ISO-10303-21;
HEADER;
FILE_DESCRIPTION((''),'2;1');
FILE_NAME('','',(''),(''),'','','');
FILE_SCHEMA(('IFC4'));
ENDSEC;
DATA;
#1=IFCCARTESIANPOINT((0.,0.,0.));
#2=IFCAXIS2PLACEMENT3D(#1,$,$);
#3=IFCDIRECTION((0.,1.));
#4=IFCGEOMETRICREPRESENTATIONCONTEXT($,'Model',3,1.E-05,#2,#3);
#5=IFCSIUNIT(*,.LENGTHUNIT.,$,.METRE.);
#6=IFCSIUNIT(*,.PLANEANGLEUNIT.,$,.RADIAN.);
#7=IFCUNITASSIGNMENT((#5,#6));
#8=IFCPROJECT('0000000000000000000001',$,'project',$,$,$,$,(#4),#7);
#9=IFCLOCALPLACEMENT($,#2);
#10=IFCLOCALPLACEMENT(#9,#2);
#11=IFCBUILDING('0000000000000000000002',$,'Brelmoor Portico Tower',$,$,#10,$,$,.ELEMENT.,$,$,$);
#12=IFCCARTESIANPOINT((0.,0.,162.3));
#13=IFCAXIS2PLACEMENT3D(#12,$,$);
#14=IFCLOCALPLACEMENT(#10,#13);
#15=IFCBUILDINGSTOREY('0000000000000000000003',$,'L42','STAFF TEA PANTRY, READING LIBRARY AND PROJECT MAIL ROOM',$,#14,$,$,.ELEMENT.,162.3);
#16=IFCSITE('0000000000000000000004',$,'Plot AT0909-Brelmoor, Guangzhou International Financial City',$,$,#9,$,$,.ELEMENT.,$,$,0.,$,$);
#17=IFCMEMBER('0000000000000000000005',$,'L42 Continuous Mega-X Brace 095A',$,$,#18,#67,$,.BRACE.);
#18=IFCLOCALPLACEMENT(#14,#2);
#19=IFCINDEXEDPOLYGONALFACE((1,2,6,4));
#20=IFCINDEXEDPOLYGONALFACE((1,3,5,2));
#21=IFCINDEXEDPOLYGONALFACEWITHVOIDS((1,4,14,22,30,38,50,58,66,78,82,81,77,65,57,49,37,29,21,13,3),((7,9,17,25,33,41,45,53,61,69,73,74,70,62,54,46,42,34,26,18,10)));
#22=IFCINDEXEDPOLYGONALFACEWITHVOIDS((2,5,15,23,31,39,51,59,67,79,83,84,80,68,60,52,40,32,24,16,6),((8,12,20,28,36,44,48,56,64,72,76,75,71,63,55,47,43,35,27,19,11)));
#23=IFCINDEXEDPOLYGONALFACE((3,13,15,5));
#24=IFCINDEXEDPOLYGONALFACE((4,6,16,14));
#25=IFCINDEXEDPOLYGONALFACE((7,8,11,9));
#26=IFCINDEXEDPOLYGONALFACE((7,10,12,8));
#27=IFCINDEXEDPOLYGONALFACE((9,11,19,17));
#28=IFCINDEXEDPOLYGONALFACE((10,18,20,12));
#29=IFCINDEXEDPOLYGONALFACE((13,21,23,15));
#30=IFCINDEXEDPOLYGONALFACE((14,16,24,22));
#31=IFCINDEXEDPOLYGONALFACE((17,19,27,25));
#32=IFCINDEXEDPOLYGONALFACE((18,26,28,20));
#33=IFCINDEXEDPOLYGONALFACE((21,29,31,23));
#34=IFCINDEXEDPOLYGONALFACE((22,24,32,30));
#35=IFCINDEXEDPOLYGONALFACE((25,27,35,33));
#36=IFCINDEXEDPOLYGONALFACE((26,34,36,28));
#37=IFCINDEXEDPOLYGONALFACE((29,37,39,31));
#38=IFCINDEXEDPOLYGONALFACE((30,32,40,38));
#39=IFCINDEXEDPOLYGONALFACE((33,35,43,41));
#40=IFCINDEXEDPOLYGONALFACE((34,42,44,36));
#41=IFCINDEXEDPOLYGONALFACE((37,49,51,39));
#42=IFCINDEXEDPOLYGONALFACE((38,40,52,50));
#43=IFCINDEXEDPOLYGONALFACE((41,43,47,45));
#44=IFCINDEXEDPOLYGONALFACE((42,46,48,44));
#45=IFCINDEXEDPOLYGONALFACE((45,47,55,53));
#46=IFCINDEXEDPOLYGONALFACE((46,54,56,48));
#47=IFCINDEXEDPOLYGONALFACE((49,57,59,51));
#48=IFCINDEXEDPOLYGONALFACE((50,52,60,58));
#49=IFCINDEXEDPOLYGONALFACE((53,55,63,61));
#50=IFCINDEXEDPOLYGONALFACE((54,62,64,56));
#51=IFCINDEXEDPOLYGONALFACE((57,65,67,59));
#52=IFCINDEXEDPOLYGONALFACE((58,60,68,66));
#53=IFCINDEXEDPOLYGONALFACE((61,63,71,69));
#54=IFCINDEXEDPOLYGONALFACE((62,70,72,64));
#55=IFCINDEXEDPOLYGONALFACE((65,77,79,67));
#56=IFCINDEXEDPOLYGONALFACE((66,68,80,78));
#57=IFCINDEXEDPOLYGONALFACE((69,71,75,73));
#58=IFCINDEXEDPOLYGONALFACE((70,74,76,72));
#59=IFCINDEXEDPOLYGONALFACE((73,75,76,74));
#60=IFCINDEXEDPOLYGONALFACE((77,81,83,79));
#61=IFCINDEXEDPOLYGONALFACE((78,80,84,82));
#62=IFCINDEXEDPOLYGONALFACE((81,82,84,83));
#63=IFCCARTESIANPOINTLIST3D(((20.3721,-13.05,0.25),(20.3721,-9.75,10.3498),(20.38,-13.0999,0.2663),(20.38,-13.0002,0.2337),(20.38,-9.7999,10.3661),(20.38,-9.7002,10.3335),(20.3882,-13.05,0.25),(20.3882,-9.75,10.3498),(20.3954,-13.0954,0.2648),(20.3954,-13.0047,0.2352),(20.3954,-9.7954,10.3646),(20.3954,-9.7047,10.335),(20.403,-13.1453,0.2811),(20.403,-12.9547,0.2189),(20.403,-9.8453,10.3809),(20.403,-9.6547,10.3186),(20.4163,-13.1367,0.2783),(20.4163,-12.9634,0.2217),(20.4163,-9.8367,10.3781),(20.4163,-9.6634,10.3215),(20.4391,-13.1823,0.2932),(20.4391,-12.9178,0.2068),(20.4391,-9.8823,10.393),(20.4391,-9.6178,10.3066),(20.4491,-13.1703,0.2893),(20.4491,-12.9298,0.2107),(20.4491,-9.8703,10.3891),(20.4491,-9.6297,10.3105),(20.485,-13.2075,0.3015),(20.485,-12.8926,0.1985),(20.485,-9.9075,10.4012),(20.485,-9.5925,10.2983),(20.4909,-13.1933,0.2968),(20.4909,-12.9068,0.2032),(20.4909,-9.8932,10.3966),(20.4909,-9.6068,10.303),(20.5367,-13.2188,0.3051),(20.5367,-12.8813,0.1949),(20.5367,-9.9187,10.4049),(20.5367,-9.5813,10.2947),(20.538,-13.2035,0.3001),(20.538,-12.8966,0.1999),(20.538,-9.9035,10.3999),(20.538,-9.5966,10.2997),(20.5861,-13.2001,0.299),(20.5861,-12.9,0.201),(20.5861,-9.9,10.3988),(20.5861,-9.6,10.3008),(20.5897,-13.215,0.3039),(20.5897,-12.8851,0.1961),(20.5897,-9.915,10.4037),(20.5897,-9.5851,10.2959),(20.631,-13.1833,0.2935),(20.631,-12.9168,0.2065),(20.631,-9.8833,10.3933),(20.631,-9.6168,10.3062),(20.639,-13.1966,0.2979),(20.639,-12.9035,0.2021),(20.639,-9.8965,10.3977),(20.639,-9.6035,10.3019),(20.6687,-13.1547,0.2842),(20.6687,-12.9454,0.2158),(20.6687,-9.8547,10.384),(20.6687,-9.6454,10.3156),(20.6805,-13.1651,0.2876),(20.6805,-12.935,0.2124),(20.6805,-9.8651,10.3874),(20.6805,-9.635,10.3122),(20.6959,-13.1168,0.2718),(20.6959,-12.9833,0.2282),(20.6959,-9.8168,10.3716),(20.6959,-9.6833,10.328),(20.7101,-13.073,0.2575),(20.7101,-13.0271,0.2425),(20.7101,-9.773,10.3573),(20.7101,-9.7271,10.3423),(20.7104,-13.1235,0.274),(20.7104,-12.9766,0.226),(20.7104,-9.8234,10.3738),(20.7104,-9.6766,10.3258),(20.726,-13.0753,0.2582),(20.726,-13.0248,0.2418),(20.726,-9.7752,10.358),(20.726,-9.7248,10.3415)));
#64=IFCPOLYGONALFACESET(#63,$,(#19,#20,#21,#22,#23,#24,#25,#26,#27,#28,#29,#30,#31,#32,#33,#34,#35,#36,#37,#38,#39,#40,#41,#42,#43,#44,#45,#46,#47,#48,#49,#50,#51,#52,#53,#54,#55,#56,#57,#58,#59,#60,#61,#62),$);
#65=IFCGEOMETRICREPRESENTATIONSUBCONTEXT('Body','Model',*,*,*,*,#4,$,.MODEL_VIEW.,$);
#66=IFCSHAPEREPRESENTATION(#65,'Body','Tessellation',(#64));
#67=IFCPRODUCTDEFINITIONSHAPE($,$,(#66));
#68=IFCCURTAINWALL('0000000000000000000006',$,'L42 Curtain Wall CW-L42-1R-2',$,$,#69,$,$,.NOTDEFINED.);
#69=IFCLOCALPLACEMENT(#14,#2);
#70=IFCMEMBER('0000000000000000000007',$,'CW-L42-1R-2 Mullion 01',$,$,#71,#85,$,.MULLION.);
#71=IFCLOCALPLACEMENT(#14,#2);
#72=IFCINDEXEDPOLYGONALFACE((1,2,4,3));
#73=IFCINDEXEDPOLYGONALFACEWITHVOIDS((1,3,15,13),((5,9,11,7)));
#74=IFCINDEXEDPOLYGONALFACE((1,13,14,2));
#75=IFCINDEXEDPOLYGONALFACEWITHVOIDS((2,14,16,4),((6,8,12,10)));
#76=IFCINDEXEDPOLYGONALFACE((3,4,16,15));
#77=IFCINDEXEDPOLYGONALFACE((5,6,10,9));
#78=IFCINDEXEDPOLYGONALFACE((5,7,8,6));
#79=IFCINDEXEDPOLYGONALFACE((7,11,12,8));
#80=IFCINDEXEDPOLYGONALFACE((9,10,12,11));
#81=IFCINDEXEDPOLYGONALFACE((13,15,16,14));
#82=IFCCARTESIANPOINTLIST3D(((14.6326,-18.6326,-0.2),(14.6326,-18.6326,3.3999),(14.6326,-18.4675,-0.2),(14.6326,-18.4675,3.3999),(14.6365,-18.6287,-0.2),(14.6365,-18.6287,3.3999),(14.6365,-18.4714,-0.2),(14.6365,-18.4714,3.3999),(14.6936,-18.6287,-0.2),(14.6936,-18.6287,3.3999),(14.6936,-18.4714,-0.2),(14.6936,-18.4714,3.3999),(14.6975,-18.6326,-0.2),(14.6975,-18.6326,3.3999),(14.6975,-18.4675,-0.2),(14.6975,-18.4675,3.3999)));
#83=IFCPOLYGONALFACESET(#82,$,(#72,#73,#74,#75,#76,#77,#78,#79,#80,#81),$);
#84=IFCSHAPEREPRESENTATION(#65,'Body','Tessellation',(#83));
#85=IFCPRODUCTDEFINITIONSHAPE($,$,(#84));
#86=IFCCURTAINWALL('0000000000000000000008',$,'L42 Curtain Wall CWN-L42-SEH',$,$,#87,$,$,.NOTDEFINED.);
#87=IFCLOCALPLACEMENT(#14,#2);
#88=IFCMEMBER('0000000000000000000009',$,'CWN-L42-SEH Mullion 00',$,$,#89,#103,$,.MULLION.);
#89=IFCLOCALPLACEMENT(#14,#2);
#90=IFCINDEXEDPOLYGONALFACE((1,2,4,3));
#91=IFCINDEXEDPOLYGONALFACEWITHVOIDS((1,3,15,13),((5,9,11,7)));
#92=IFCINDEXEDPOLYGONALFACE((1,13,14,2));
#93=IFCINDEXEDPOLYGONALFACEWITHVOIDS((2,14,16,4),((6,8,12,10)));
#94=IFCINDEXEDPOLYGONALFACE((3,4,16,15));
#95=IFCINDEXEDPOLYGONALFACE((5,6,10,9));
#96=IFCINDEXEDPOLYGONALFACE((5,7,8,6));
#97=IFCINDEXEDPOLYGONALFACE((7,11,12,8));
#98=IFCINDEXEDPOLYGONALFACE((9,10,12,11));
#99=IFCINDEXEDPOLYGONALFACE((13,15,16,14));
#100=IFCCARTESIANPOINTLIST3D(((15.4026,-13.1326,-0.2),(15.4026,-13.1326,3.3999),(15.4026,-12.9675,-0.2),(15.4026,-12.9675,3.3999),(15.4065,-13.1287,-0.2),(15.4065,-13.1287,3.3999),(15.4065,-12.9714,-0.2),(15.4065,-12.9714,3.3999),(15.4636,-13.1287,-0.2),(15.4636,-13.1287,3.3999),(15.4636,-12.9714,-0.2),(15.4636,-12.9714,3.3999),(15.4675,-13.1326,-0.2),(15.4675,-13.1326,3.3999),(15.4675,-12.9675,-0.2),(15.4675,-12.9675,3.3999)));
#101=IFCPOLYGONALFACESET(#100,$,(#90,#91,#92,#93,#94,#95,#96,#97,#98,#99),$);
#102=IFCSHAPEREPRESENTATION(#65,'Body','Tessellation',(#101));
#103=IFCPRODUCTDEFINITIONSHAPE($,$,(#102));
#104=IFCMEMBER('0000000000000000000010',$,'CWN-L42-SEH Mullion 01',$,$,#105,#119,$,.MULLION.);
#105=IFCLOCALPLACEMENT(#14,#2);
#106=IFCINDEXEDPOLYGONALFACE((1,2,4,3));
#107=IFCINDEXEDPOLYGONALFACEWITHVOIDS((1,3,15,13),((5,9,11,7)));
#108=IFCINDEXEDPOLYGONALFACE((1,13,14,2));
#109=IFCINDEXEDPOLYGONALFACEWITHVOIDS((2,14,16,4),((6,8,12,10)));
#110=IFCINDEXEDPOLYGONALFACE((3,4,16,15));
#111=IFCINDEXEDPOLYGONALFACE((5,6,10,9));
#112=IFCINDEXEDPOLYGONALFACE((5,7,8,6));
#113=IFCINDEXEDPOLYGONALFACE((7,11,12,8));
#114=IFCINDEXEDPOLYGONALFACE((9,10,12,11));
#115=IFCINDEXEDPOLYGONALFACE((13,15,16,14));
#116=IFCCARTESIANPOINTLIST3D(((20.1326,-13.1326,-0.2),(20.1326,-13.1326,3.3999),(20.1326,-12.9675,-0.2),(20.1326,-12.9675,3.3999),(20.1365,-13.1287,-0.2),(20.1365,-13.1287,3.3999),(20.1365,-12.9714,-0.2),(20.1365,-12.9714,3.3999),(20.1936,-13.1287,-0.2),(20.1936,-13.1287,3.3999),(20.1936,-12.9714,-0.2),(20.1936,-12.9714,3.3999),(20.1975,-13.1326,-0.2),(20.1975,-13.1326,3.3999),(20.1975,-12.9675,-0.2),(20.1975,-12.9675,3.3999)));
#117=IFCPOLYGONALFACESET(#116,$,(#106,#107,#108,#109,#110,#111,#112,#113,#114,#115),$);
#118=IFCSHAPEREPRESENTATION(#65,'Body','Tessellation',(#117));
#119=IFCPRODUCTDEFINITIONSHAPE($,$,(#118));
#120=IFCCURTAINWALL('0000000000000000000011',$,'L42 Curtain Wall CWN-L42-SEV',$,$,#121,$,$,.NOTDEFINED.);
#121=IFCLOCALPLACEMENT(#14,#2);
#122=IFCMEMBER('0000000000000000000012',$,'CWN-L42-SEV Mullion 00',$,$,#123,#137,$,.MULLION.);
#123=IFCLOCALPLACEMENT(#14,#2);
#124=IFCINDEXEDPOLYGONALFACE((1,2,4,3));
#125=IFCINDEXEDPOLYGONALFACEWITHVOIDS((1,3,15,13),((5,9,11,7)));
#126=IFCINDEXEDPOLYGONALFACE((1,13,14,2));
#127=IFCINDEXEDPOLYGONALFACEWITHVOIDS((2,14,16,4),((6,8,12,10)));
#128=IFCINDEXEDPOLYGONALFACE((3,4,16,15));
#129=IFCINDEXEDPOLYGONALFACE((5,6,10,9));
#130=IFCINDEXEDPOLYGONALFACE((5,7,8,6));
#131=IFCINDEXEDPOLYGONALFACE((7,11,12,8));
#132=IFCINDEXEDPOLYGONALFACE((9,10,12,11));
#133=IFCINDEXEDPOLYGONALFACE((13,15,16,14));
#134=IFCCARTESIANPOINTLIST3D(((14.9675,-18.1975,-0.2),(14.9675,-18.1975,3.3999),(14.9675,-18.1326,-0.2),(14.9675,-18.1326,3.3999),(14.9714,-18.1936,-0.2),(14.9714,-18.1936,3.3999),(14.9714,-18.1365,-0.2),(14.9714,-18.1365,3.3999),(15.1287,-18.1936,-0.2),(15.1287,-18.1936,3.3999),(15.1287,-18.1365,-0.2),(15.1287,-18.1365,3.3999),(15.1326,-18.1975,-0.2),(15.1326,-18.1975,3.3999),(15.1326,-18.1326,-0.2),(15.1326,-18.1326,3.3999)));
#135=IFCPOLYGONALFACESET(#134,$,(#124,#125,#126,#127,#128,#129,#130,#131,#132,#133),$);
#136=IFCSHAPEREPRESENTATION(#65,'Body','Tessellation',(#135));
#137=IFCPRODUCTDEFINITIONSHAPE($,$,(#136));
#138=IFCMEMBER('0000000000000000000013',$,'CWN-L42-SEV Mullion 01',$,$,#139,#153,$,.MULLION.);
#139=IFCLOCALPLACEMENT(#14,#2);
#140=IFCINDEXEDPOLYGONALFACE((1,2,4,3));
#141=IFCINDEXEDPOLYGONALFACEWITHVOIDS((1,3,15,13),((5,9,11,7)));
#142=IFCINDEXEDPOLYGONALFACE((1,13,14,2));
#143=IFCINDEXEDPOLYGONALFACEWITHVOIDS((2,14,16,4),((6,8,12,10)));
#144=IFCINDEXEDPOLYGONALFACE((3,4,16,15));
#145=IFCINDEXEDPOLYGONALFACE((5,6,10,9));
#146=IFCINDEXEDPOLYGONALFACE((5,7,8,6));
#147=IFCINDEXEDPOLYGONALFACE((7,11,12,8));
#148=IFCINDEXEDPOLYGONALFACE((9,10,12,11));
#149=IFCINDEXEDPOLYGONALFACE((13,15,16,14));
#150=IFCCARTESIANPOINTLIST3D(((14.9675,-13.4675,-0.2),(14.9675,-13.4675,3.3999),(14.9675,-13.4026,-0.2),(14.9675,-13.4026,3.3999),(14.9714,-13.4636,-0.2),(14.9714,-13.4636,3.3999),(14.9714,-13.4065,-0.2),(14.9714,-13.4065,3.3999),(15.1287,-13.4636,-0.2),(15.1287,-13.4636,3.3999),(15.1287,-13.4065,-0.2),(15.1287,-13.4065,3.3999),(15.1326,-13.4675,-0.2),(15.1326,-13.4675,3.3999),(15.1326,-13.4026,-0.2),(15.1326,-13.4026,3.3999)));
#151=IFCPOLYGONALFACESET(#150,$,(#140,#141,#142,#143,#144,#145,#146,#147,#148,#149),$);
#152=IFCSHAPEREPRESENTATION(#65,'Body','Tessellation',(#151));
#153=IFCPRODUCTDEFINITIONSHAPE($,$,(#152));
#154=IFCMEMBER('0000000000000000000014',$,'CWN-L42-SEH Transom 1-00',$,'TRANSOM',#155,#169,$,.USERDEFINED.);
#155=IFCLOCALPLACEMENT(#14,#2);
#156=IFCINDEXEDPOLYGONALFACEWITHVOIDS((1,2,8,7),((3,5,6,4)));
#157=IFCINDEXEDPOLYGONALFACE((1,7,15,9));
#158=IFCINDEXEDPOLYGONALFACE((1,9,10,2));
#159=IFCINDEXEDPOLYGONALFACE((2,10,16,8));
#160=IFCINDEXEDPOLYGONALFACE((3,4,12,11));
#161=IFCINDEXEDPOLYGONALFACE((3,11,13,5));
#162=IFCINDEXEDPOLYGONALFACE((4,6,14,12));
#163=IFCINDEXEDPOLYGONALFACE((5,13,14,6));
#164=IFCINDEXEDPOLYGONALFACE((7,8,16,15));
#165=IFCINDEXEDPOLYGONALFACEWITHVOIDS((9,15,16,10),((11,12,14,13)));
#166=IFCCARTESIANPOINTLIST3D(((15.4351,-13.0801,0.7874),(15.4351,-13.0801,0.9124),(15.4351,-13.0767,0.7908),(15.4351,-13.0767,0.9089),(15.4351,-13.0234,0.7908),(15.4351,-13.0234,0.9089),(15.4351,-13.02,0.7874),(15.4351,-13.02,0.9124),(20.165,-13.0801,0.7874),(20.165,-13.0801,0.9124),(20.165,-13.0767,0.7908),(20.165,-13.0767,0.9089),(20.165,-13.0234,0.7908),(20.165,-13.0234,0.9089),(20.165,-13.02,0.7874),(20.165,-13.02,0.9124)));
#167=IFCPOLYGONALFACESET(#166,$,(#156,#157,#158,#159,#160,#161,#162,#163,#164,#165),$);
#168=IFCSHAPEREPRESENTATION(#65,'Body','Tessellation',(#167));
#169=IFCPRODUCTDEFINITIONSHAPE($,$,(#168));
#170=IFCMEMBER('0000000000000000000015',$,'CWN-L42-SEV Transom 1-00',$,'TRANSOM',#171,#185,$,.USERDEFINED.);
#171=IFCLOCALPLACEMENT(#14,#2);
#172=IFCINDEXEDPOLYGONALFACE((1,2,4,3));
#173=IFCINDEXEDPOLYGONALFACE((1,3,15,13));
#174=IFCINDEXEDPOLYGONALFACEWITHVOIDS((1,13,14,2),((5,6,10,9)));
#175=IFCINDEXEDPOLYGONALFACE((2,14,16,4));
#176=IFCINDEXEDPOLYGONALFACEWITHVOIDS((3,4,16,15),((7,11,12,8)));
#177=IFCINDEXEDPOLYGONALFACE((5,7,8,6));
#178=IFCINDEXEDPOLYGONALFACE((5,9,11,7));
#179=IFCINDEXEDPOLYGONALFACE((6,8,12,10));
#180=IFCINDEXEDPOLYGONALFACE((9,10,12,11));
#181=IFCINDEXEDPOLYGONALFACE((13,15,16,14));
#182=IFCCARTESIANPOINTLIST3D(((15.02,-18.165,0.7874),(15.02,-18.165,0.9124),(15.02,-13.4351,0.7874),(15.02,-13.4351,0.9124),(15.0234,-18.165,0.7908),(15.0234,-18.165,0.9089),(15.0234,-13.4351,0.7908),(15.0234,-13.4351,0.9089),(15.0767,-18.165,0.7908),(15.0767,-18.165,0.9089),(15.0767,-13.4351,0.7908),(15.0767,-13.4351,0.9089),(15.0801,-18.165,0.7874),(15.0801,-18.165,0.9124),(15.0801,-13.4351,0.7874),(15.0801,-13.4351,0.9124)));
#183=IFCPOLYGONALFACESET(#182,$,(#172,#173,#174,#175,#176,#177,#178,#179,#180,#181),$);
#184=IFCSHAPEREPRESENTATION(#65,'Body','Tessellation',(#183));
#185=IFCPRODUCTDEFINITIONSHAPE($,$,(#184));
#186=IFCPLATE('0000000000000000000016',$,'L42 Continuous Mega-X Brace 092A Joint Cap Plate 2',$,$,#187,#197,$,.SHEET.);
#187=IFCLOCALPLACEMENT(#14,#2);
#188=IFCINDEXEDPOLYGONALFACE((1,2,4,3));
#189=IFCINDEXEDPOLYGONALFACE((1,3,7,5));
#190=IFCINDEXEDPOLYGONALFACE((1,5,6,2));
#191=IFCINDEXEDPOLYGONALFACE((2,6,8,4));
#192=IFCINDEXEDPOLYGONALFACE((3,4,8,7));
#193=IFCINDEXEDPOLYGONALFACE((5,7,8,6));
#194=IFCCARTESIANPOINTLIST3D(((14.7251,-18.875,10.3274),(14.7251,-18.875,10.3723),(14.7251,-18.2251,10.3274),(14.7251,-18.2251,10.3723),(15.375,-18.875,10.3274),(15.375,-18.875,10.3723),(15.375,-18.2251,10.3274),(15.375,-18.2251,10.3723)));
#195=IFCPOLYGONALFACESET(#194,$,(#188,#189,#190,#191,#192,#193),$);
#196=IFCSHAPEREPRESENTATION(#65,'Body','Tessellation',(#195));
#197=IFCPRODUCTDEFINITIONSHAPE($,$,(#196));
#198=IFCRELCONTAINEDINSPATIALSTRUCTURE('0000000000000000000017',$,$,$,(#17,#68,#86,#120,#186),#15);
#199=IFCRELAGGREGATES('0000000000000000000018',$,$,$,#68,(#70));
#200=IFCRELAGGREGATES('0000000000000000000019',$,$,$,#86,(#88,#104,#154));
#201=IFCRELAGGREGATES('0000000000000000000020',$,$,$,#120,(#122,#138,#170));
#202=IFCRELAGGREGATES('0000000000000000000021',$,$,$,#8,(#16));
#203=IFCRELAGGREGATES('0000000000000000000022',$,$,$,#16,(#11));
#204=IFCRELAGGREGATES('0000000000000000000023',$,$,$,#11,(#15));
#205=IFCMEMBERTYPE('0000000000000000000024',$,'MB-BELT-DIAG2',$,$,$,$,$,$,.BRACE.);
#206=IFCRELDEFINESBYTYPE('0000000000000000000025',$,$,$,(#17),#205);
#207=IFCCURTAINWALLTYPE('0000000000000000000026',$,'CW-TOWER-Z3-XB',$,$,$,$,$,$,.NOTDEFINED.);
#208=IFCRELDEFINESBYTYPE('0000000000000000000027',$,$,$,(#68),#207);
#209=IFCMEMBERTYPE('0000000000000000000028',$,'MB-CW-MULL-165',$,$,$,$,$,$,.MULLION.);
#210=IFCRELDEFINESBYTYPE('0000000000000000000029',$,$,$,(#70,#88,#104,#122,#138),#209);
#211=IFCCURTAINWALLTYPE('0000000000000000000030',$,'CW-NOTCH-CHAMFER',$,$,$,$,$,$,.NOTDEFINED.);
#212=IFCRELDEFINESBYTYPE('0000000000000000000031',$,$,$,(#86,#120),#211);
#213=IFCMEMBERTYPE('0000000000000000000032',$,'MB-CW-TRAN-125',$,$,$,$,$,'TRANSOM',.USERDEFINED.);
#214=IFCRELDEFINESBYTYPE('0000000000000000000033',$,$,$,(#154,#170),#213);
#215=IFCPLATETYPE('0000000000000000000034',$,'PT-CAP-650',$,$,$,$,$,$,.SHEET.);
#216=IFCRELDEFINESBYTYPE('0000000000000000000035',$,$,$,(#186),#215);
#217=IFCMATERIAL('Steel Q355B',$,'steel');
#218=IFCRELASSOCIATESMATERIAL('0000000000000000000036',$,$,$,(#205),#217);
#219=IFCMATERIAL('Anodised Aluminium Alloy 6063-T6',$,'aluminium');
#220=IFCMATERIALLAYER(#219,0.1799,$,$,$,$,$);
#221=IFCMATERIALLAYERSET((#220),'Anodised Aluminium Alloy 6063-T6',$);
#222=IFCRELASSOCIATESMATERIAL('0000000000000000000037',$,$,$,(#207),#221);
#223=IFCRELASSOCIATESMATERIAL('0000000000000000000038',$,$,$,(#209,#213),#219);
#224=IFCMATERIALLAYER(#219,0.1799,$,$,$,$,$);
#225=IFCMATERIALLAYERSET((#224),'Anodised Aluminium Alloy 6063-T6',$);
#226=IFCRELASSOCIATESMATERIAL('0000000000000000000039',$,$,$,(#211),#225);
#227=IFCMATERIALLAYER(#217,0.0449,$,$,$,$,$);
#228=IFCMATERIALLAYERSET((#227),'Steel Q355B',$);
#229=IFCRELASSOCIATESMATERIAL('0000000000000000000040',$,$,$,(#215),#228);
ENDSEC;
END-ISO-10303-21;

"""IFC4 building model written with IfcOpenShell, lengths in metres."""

from ifc_helpers import new_model, si_unit, direction, frame, origin, origin_2d, place, context, subcontext, project, spatial, rectangle, hollow_rectangle, hollow_circle, extrude, material, layer, layer_set, material_profile, profile_set, type_object, element, aggregate, save


model = new_model("IFC4")

# Units and contexts
model_context = context("Model", 3, precision=1e-05, world=origin(), true_north=direction((0.0, 1.0)))
body_context = subcontext(model_context, "Body", "Model", "MODEL_VIEW")
ifc_project = project(units=[si_unit("LENGTHUNIT", "METRE"), si_unit("PLANEANGLEUNIT", "RADIAN")], contexts=[model_context])

# Site, building, storey
site_placement = place(None, origin())
site = spatial("IfcSite", under=ifc_project, at=site_placement, Name="Plot AT0909-Brelmoor, Guangzhou International Financial City", CompositionType="ELEMENT", RefElevation=0.0)
building_placement = place(site_placement, origin())
building = spatial("IfcBuilding", under=site, at=building_placement, Name="Brelmoor Portico Tower", CompositionType="ELEMENT")
storey_placement = place(building_placement, frame((0.0, 0.0, 162.3)))
storey = spatial("IfcBuildingStorey", under=building, at=storey_placement, Name="L42", Description="STAFF TEA PANTRY, READING LIBRARY AND PROJECT MAIL ROOM", CompositionType="ELEMENT", Elevation=162.3)

# Shared definitions
ifc_material_1 = material(Name="Steel Q355B", Category="steel")

# Member
ifc_material_profile_1 = material_profile(ifc_material_1, hollow_circle(Radius=0.178, WallThickness=0.0161, at=origin_2d()), Name="CHS 356x16")
ifc_profile_set_1 = profile_set([ifc_material_profile_1], Name="Steel Q355B")
member_type_1 = type_object("IfcMemberType", Name="MB-BELT-DIAG2", PredefinedType="BRACE", material=ifc_profile_set_1)
member_1_placement = place(storey_placement, frame((20.55, -13.05, 0.25), z_axis=(0.0, 0.310584, 0.950546), x_axis=(-1.0, 0.0, 0.0)))
element("IfcMember", 1, at=member_1_placement, inside=storey, type_object=member_type_1, Name="L42 Continuous Mega-X Brace 095A", PredefinedType="BRACE", context=body_context, shape_type="SweptSolid", body=[
    extrude(hollow_circle(Radius=0.178, WallThickness=0.0161, at=origin_2d()), origin(), (0.0, 0.0, 1.0), 10.6252),
])

# Curtain wall, member
ifc_material_2 = material(Name="Anodised Aluminium Alloy 6063-T6", Category="aluminium")
ifc_layer_1 = layer(ifc_material_2, 0.1799)
ifc_layer_set_1 = layer_set([ifc_layer_1], Name="Anodised Aluminium Alloy 6063-T6")
curtain_wall_type_1 = type_object("IfcCurtainWallType", Name="CW-TOWER-Z3-XB", PredefinedType="NOTDEFINED", material=ifc_layer_set_1)
curtain_wall_1_placement = place(storey_placement, origin())
curtain_wall_1 = element("IfcCurtainWall", 2, at=curtain_wall_1_placement, inside=storey, type_object=curtain_wall_type_1, Name="L42 Curtain Wall CW-L42-1R-2", PredefinedType="NOTDEFINED")
ifc_material_profile_2 = material_profile(ifc_material_2, hollow_rectangle(XDim=0.0649, YDim=0.165, WallThickness=0.0039, at=origin_2d()), Name="ALU MULLION 65x165")
ifc_profile_set_2 = profile_set([ifc_material_profile_2], Name="Anodised Aluminium Alloy 6063-T6")
member_type_2 = type_object("IfcMemberType", Name="MB-CW-MULL-165", PredefinedType="MULLION", material=ifc_profile_set_2)
member_2_placement = place(storey_placement, frame((14.665, -18.55, -0.2), z_axis=(0.0, 0.0, 1.0), x_axis=(1.0, 0.0, 0.0)))
member_2 = element("IfcMember", 3, at=member_2_placement, type_object=member_type_2, Name="CW-L42-1R-2 Mullion 01", PredefinedType="MULLION", context=body_context, shape_type="SweptSolid", body=[
    extrude(hollow_rectangle(XDim=0.0649, YDim=0.165, WallThickness=0.0039, at=origin_2d()), origin(), (0.0, 0.0, 1.0), 3.5999),
])
aggregate(curtain_wall_1, [member_2])

# Curtain walls, members
ifc_layer_2 = layer(ifc_material_2, 0.1799)
ifc_layer_set_2 = layer_set([ifc_layer_2], Name="Anodised Aluminium Alloy 6063-T6")
curtain_wall_type_2 = type_object("IfcCurtainWallType", Name="CW-NOTCH-CHAMFER", PredefinedType="NOTDEFINED", material=ifc_layer_set_2)
curtain_wall_2_placement = place(storey_placement, origin())
curtain_wall_2 = element("IfcCurtainWall", 4, at=curtain_wall_2_placement, inside=storey, type_object=curtain_wall_type_2, Name="L42 Curtain Wall CWN-L42-SEH", PredefinedType="NOTDEFINED")
member_3_placement = place(storey_placement, frame((15.4351, -13.05, -0.2), z_axis=(0.0, 0.0, 1.0), x_axis=(1.0, 0.0, 0.0)))
member_3 = element("IfcMember", 5, at=member_3_placement, type_object=member_type_2, Name="CWN-L42-SEH Mullion 00", PredefinedType="MULLION", context=body_context, shape_type="SweptSolid", body=[
    extrude(hollow_rectangle(XDim=0.0649, YDim=0.165, WallThickness=0.0039, at=origin_2d()), origin(), (0.0, 0.0, 1.0), 3.5999),
])
member_4_placement = place(storey_placement, frame((20.165, -13.05, -0.2), z_axis=(0.0, 0.0, 1.0), x_axis=(1.0, 0.0, 0.0)))
member_4 = element("IfcMember", 6, at=member_4_placement, type_object=member_type_2, Name="CWN-L42-SEH Mullion 01", PredefinedType="MULLION", context=body_context, shape_type="SweptSolid", body=[
    extrude(hollow_rectangle(XDim=0.0649, YDim=0.165, WallThickness=0.0039, at=origin_2d()), origin(), (0.0, 0.0, 1.0), 3.5999),
])
curtain_wall_3_placement = place(storey_placement, origin())
curtain_wall_3 = element("IfcCurtainWall", 7, at=curtain_wall_3_placement, inside=storey, type_object=curtain_wall_type_2, Name="L42 Curtain Wall CWN-L42-SEV", PredefinedType="NOTDEFINED")
member_5_placement = place(storey_placement, frame((15.05, -18.165, -0.2), z_axis=(0.0, 0.0, 1.0), x_axis=(0.0, 1.0, 0.0)))
member_5 = element("IfcMember", 8, at=member_5_placement, type_object=member_type_2, Name="CWN-L42-SEV Mullion 00", PredefinedType="MULLION", context=body_context, shape_type="SweptSolid", body=[
    extrude(hollow_rectangle(XDim=0.0649, YDim=0.165, WallThickness=0.0039, at=origin_2d()), origin(), (0.0, 0.0, 1.0), 3.5999),
])
member_6_placement = place(storey_placement, frame((15.05, -13.4351, -0.2), z_axis=(0.0, 0.0, 1.0), x_axis=(0.0, 1.0, 0.0)))
member_6 = element("IfcMember", 9, at=member_6_placement, type_object=member_type_2, Name="CWN-L42-SEV Mullion 01", PredefinedType="MULLION", context=body_context, shape_type="SweptSolid", body=[
    extrude(hollow_rectangle(XDim=0.0649, YDim=0.165, WallThickness=0.0039, at=origin_2d()), origin(), (0.0, 0.0, 1.0), 3.5999),
])

# Members
ifc_material_profile_3 = material_profile(ifc_material_2, hollow_rectangle(XDim=0.0601, YDim=0.125, WallThickness=0.0034, at=origin_2d()), Name="ALU TRANSOM 60x125")
ifc_profile_set_3 = profile_set([ifc_material_profile_3], Name="Anodised Aluminium Alloy 6063-T6")
member_type_3 = type_object("IfcMemberType", Name="MB-CW-TRAN-125", ElementType="TRANSOM", PredefinedType="USERDEFINED", material=ifc_profile_set_3)
member_7_placement = place(storey_placement, frame((15.4351, -13.05, 0.8499), z_axis=(1.0, 0.0, 0.0), x_axis=(0.0, 1.0, 0.0)))
member_7 = element("IfcMember", 10, at=member_7_placement, type_object=member_type_3, Name="CWN-L42-SEH Transom 1-00", ObjectType="TRANSOM", PredefinedType="USERDEFINED", context=body_context, shape_type="SweptSolid", body=[
    extrude(hollow_rectangle(XDim=0.0601, YDim=0.125, WallThickness=0.0034, at=origin_2d()), origin(), (0.0, 0.0, 1.0), 4.73),
])
member_8_placement = place(storey_placement, frame((15.05, -18.165, 0.8499), z_axis=(0.0, 1.0, 0.0), x_axis=(-1.0, 0.0, 0.0)))
member_8 = element("IfcMember", 11, at=member_8_placement, type_object=member_type_3, Name="CWN-L42-SEV Transom 1-00", ObjectType="TRANSOM", PredefinedType="USERDEFINED", context=body_context, shape_type="SweptSolid", body=[
    extrude(hollow_rectangle(XDim=0.0601, YDim=0.125, WallThickness=0.0034, at=origin_2d()), origin(), (0.0, 0.0, 1.0), 4.73),
])

# Plate
ifc_layer_3 = layer(ifc_material_1, 0.0449)
ifc_layer_set_3 = layer_set([ifc_layer_3], Name="Steel Q355B")
plate_type_1 = type_object("IfcPlateType", Name="PT-CAP-650", PredefinedType="SHEET", material=ifc_layer_set_3)
for number, where, z_axis, x_axis, name in (
    (12, (15.05, -18.55, 10.3274), (0.0, 0.0, 1.0), (1.0, 0.0, 0.0), "L42 Continuous Mega-X Brace 092A Joint Cap Plate 2"),
):
    element("IfcPlate", number, at=place(storey_placement, frame(where, z_axis=z_axis, x_axis=x_axis)), inside=storey, type_object=plate_type_1, Name=name, PredefinedType="SHEET", context=body_context, shape_type="SweptSolid", body=[
        extrude(rectangle(XDim=0.6499, YDim=0.6499, at=origin_2d()), origin(), (0.0, 0.0, 1.0), 0.0449),
    ])

aggregate(curtain_wall_2, [member_3, member_4, member_7])
aggregate(curtain_wall_3, [member_5, member_6, member_8])

save(model, "model.ifc")
